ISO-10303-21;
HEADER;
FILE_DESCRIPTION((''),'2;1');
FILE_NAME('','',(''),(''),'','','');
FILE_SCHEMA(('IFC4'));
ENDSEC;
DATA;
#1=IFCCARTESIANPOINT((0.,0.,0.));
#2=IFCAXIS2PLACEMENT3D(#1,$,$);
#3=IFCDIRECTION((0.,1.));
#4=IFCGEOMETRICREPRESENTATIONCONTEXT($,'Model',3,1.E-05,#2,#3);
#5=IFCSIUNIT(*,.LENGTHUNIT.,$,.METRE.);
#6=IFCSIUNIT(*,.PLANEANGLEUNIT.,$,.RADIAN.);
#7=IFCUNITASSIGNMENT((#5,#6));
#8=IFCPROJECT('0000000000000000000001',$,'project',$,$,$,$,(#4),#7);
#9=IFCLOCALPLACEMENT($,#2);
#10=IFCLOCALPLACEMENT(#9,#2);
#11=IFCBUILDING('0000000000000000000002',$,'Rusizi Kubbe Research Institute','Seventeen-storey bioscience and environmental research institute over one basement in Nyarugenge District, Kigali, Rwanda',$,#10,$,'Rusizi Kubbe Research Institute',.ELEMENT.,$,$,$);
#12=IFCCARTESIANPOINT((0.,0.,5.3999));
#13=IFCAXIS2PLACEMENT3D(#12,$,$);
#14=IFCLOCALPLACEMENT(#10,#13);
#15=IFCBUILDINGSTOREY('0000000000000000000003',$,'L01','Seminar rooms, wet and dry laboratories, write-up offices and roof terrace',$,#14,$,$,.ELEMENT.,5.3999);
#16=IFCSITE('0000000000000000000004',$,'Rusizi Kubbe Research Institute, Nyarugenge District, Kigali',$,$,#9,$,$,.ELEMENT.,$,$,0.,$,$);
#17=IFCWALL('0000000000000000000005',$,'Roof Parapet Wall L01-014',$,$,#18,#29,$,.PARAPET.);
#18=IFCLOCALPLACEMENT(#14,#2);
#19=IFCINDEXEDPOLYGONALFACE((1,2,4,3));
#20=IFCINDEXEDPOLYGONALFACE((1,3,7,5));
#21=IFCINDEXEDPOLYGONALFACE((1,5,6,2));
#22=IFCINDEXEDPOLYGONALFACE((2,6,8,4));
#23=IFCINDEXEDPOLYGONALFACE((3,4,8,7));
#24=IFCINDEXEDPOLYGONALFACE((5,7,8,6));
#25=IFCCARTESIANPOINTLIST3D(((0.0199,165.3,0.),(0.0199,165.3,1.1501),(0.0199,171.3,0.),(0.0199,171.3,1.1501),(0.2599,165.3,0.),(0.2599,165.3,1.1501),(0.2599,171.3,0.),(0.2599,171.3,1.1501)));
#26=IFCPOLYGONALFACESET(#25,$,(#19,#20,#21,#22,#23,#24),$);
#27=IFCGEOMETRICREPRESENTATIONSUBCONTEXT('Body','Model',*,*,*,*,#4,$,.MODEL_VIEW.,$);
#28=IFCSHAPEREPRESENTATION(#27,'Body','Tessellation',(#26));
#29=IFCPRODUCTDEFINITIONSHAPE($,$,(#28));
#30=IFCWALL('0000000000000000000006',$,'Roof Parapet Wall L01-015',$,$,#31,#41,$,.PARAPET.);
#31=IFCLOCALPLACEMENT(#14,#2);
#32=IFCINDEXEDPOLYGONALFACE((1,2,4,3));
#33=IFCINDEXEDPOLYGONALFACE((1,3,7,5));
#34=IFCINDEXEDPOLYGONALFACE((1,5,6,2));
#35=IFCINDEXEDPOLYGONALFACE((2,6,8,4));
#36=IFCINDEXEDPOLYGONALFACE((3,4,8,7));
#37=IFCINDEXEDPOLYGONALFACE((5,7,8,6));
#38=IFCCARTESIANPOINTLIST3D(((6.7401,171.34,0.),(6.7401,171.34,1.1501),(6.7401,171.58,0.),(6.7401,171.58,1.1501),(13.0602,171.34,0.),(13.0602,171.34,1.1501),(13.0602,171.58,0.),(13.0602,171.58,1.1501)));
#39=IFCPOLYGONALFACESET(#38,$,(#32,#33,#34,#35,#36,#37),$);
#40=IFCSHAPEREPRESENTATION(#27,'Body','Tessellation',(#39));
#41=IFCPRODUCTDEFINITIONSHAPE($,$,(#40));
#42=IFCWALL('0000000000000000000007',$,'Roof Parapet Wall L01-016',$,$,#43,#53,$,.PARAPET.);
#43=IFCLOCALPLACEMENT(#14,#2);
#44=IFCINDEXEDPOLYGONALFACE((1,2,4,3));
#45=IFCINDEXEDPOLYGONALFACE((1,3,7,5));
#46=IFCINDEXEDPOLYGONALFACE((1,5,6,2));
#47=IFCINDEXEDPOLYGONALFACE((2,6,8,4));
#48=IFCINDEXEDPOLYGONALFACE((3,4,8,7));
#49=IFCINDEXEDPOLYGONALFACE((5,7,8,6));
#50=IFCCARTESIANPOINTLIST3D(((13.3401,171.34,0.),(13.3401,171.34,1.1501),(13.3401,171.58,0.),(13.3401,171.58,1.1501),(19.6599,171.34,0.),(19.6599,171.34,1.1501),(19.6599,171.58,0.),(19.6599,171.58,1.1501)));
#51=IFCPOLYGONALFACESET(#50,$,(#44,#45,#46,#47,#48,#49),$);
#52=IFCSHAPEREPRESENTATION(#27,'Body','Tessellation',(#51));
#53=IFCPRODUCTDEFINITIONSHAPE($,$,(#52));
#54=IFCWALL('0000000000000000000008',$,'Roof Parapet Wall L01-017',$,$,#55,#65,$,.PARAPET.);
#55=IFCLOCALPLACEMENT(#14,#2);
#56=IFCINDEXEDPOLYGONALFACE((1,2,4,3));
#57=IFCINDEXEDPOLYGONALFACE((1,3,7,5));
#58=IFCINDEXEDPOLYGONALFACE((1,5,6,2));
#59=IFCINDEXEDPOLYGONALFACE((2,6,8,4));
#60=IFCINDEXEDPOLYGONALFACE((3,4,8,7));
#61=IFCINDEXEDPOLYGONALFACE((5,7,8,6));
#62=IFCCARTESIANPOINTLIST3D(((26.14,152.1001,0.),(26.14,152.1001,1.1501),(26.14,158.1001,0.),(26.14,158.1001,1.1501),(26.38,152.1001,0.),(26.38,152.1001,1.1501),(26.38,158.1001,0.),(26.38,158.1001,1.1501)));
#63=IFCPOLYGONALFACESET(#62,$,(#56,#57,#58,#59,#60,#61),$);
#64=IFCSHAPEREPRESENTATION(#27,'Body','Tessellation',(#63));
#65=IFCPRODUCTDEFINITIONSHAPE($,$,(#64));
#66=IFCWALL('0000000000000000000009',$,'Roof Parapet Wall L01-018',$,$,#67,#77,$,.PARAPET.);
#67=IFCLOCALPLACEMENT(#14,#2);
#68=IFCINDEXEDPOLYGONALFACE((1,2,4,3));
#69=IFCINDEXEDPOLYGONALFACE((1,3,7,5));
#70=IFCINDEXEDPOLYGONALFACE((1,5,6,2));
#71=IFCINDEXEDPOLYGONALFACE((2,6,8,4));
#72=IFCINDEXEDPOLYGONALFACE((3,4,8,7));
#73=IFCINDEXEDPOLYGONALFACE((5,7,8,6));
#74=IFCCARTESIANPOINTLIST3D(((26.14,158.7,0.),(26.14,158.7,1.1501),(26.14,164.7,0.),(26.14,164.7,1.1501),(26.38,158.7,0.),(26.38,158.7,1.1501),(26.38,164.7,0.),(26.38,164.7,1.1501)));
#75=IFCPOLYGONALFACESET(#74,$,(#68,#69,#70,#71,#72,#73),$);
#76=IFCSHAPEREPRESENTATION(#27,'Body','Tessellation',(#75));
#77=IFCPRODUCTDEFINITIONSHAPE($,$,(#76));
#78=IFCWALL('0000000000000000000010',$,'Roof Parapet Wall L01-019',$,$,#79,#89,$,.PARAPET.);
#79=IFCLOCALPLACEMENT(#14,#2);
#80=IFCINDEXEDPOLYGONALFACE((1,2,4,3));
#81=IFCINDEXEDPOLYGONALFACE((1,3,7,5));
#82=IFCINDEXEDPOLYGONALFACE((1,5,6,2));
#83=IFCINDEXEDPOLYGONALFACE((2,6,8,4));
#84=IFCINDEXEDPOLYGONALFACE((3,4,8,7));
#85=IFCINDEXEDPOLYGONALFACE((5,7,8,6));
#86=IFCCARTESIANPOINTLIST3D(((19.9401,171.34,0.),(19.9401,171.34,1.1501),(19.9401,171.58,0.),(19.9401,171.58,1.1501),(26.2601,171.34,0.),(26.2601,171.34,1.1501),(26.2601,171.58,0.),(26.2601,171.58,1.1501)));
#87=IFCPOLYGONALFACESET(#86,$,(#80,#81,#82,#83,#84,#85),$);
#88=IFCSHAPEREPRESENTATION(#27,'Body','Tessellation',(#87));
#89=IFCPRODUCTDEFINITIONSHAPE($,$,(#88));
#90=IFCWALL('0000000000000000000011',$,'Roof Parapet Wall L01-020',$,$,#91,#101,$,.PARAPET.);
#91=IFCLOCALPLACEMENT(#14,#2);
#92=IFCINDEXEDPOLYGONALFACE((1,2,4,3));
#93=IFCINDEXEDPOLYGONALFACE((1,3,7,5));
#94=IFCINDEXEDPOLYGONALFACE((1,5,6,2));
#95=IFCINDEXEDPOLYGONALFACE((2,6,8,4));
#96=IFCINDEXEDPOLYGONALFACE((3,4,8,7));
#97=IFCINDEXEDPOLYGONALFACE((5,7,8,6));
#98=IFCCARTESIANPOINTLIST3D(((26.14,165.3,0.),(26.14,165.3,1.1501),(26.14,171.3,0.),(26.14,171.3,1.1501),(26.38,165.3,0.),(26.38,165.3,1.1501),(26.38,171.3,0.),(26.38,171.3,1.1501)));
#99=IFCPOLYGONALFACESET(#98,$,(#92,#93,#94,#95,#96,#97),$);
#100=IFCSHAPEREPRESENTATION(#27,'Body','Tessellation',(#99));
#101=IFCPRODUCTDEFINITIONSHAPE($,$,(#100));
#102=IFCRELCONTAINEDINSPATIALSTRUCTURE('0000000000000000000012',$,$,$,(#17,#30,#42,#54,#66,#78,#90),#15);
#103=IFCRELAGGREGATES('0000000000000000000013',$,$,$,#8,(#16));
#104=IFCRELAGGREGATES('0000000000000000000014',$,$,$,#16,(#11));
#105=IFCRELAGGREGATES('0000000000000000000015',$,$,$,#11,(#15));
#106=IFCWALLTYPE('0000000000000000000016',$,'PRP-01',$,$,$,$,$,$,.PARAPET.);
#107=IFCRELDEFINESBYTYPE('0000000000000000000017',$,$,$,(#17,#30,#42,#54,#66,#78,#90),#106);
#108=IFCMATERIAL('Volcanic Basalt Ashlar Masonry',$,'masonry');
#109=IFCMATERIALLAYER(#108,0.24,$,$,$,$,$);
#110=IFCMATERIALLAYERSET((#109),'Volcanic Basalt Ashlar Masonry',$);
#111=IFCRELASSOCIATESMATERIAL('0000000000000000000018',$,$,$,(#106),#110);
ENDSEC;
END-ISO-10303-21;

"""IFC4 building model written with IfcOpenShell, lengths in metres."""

from ifc_helpers import new_model, si_unit, direction, frame, frame_2d, origin, place, context, subcontext, project, spatial, rectangle, extrude, material, layer, layer_set, type_object, element, save


model = new_model("IFC4")

# Units and contexts
model_context = context("Model", 3, precision=1e-05, world=origin(), true_north=direction((0.0, 1.0)))
body_context = subcontext(model_context, "Body", "Model", "MODEL_VIEW")
ifc_project = project(units=[si_unit("LENGTHUNIT", "METRE"), si_unit("PLANEANGLEUNIT", "RADIAN")], contexts=[model_context])

# Site, building, storey
site_placement = place(None, origin())
site = spatial("IfcSite", under=ifc_project, at=site_placement, Name="Rusizi Kubbe Research Institute, Nyarugenge District, Kigali", CompositionType="ELEMENT", RefElevation=0.0)
building_placement = place(site_placement, origin())
building = spatial("IfcBuilding", under=site, at=building_placement, Name="Rusizi Kubbe Research Institute", Description="Seventeen-storey bioscience and environmental research institute over one basement in Nyarugenge District, Kigali, Rwanda", LongName="Rusizi Kubbe Research Institute", CompositionType="ELEMENT")
storey_placement = place(building_placement, frame((0.0, 0.0, 5.3999)))
storey = spatial("IfcBuildingStorey", under=building, at=storey_placement, Name="L01", Description="Seminar rooms, wet and dry laboratories, write-up offices and roof terrace", CompositionType="ELEMENT", Elevation=5.3999)

# Walls
ifc_material_1 = material(Name="Volcanic Basalt Ashlar Masonry", Category="masonry")
ifc_layer = layer(ifc_material_1, 0.24)
ifc_layer_set = layer_set([ifc_layer], Name="Volcanic Basalt Ashlar Masonry")
wall_type = type_object("IfcWallType", Name="PRP-01", PredefinedType="PARAPET", material=ifc_layer_set)
wall_1_placement = place(storey_placement, frame((0.1399, 165.3, 0.0), z_axis=(0.0, 0.0, 1.0), x_axis=(0.0, 1.0, 0.0)))
element("IfcWall", 1, at=wall_1_placement, inside=storey, type_object=wall_type, Name="Roof Parapet Wall L01-014", PredefinedType="PARAPET", context=body_context, shape_type="SweptSolid", body=[
    extrude(rectangle(XDim=6.0, YDim=0.24, at=frame_2d((3.0, 0.0))), origin(), (0.0, 0.0, 1.0), 1.1501),
])
wall_2_placement = place(storey_placement, frame((6.74, 171.46, 0.0), z_axis=(0.0, 0.0, 1.0), x_axis=(1.0, 0.0, 0.0)))
element("IfcWall", 2, at=wall_2_placement, inside=storey, type_object=wall_type, Name="Roof Parapet Wall L01-015", PredefinedType="PARAPET", context=body_context, shape_type="SweptSolid", body=[
    extrude(rectangle(XDim=6.3201, YDim=0.24, at=frame_2d((3.1602, 0.0))), origin(), (0.0, 0.0, 1.0), 1.1501),
])
wall_3_placement = place(storey_placement, frame((13.3401, 171.46, 0.0), z_axis=(0.0, 0.0, 1.0), x_axis=(1.0, 0.0, 0.0)))
element("IfcWall", 3, at=wall_3_placement, inside=storey, type_object=wall_type, Name="Roof Parapet Wall L01-016", PredefinedType="PARAPET", context=body_context, shape_type="SweptSolid", body=[
    extrude(rectangle(XDim=6.3198, YDim=0.24, at=frame_2d((3.1599, 0.0))), origin(), (0.0, 0.0, 1.0), 1.1501),
])
for number, where, z_axis, x_axis, name in (
    (4, (26.26, 152.1001, 0.0), (0.0, 0.0, 1.0), (0.0, 1.0, 0.0), "Roof Parapet Wall L01-017"),
    (5, (26.26, 158.7, 0.0), (0.0, 0.0, 1.0), (0.0, 1.0, 0.0), "Roof Parapet Wall L01-018"),
):
    element("IfcWall", number, at=place(storey_placement, frame(where, z_axis=z_axis, x_axis=x_axis)), inside=storey, type_object=wall_type, Name=name, PredefinedType="PARAPET", context=body_context, shape_type="SweptSolid", body=[
        extrude(rectangle(XDim=6.0, YDim=0.24, at=frame_2d((3.0, 0.0))), origin(), (0.0, 0.0, 1.0), 1.1501),
    ])
wall_4_placement = place(storey_placement, frame((19.9399, 171.46, 0.0), z_axis=(0.0, 0.0, 1.0), x_axis=(1.0, 0.0, 0.0)))
element("IfcWall", 6, at=wall_4_placement, inside=storey, type_object=wall_type, Name="Roof Parapet Wall L01-019", PredefinedType="PARAPET", context=body_context, shape_type="SweptSolid", body=[
    extrude(rectangle(XDim=6.3201, YDim=0.24, at=frame_2d((3.1602, 0.0))), origin(), (0.0, 0.0, 1.0), 1.1501),
])
wall_5_placement = place(storey_placement, frame((26.26, 165.3, 0.0), z_axis=(0.0, 0.0, 1.0), x_axis=(0.0, 1.0, 0.0)))
element("IfcWall", 7, at=wall_5_placement, inside=storey, type_object=wall_type, Name="Roof Parapet Wall L01-020", PredefinedType="PARAPET", context=body_context, shape_type="SweptSolid", body=[
    extrude(rectangle(XDim=6.0, YDim=0.24, at=frame_2d((3.0, 0.0))), origin(), (0.0, 0.0, 1.0), 1.1501),
])

save(model, "model.ifc")
